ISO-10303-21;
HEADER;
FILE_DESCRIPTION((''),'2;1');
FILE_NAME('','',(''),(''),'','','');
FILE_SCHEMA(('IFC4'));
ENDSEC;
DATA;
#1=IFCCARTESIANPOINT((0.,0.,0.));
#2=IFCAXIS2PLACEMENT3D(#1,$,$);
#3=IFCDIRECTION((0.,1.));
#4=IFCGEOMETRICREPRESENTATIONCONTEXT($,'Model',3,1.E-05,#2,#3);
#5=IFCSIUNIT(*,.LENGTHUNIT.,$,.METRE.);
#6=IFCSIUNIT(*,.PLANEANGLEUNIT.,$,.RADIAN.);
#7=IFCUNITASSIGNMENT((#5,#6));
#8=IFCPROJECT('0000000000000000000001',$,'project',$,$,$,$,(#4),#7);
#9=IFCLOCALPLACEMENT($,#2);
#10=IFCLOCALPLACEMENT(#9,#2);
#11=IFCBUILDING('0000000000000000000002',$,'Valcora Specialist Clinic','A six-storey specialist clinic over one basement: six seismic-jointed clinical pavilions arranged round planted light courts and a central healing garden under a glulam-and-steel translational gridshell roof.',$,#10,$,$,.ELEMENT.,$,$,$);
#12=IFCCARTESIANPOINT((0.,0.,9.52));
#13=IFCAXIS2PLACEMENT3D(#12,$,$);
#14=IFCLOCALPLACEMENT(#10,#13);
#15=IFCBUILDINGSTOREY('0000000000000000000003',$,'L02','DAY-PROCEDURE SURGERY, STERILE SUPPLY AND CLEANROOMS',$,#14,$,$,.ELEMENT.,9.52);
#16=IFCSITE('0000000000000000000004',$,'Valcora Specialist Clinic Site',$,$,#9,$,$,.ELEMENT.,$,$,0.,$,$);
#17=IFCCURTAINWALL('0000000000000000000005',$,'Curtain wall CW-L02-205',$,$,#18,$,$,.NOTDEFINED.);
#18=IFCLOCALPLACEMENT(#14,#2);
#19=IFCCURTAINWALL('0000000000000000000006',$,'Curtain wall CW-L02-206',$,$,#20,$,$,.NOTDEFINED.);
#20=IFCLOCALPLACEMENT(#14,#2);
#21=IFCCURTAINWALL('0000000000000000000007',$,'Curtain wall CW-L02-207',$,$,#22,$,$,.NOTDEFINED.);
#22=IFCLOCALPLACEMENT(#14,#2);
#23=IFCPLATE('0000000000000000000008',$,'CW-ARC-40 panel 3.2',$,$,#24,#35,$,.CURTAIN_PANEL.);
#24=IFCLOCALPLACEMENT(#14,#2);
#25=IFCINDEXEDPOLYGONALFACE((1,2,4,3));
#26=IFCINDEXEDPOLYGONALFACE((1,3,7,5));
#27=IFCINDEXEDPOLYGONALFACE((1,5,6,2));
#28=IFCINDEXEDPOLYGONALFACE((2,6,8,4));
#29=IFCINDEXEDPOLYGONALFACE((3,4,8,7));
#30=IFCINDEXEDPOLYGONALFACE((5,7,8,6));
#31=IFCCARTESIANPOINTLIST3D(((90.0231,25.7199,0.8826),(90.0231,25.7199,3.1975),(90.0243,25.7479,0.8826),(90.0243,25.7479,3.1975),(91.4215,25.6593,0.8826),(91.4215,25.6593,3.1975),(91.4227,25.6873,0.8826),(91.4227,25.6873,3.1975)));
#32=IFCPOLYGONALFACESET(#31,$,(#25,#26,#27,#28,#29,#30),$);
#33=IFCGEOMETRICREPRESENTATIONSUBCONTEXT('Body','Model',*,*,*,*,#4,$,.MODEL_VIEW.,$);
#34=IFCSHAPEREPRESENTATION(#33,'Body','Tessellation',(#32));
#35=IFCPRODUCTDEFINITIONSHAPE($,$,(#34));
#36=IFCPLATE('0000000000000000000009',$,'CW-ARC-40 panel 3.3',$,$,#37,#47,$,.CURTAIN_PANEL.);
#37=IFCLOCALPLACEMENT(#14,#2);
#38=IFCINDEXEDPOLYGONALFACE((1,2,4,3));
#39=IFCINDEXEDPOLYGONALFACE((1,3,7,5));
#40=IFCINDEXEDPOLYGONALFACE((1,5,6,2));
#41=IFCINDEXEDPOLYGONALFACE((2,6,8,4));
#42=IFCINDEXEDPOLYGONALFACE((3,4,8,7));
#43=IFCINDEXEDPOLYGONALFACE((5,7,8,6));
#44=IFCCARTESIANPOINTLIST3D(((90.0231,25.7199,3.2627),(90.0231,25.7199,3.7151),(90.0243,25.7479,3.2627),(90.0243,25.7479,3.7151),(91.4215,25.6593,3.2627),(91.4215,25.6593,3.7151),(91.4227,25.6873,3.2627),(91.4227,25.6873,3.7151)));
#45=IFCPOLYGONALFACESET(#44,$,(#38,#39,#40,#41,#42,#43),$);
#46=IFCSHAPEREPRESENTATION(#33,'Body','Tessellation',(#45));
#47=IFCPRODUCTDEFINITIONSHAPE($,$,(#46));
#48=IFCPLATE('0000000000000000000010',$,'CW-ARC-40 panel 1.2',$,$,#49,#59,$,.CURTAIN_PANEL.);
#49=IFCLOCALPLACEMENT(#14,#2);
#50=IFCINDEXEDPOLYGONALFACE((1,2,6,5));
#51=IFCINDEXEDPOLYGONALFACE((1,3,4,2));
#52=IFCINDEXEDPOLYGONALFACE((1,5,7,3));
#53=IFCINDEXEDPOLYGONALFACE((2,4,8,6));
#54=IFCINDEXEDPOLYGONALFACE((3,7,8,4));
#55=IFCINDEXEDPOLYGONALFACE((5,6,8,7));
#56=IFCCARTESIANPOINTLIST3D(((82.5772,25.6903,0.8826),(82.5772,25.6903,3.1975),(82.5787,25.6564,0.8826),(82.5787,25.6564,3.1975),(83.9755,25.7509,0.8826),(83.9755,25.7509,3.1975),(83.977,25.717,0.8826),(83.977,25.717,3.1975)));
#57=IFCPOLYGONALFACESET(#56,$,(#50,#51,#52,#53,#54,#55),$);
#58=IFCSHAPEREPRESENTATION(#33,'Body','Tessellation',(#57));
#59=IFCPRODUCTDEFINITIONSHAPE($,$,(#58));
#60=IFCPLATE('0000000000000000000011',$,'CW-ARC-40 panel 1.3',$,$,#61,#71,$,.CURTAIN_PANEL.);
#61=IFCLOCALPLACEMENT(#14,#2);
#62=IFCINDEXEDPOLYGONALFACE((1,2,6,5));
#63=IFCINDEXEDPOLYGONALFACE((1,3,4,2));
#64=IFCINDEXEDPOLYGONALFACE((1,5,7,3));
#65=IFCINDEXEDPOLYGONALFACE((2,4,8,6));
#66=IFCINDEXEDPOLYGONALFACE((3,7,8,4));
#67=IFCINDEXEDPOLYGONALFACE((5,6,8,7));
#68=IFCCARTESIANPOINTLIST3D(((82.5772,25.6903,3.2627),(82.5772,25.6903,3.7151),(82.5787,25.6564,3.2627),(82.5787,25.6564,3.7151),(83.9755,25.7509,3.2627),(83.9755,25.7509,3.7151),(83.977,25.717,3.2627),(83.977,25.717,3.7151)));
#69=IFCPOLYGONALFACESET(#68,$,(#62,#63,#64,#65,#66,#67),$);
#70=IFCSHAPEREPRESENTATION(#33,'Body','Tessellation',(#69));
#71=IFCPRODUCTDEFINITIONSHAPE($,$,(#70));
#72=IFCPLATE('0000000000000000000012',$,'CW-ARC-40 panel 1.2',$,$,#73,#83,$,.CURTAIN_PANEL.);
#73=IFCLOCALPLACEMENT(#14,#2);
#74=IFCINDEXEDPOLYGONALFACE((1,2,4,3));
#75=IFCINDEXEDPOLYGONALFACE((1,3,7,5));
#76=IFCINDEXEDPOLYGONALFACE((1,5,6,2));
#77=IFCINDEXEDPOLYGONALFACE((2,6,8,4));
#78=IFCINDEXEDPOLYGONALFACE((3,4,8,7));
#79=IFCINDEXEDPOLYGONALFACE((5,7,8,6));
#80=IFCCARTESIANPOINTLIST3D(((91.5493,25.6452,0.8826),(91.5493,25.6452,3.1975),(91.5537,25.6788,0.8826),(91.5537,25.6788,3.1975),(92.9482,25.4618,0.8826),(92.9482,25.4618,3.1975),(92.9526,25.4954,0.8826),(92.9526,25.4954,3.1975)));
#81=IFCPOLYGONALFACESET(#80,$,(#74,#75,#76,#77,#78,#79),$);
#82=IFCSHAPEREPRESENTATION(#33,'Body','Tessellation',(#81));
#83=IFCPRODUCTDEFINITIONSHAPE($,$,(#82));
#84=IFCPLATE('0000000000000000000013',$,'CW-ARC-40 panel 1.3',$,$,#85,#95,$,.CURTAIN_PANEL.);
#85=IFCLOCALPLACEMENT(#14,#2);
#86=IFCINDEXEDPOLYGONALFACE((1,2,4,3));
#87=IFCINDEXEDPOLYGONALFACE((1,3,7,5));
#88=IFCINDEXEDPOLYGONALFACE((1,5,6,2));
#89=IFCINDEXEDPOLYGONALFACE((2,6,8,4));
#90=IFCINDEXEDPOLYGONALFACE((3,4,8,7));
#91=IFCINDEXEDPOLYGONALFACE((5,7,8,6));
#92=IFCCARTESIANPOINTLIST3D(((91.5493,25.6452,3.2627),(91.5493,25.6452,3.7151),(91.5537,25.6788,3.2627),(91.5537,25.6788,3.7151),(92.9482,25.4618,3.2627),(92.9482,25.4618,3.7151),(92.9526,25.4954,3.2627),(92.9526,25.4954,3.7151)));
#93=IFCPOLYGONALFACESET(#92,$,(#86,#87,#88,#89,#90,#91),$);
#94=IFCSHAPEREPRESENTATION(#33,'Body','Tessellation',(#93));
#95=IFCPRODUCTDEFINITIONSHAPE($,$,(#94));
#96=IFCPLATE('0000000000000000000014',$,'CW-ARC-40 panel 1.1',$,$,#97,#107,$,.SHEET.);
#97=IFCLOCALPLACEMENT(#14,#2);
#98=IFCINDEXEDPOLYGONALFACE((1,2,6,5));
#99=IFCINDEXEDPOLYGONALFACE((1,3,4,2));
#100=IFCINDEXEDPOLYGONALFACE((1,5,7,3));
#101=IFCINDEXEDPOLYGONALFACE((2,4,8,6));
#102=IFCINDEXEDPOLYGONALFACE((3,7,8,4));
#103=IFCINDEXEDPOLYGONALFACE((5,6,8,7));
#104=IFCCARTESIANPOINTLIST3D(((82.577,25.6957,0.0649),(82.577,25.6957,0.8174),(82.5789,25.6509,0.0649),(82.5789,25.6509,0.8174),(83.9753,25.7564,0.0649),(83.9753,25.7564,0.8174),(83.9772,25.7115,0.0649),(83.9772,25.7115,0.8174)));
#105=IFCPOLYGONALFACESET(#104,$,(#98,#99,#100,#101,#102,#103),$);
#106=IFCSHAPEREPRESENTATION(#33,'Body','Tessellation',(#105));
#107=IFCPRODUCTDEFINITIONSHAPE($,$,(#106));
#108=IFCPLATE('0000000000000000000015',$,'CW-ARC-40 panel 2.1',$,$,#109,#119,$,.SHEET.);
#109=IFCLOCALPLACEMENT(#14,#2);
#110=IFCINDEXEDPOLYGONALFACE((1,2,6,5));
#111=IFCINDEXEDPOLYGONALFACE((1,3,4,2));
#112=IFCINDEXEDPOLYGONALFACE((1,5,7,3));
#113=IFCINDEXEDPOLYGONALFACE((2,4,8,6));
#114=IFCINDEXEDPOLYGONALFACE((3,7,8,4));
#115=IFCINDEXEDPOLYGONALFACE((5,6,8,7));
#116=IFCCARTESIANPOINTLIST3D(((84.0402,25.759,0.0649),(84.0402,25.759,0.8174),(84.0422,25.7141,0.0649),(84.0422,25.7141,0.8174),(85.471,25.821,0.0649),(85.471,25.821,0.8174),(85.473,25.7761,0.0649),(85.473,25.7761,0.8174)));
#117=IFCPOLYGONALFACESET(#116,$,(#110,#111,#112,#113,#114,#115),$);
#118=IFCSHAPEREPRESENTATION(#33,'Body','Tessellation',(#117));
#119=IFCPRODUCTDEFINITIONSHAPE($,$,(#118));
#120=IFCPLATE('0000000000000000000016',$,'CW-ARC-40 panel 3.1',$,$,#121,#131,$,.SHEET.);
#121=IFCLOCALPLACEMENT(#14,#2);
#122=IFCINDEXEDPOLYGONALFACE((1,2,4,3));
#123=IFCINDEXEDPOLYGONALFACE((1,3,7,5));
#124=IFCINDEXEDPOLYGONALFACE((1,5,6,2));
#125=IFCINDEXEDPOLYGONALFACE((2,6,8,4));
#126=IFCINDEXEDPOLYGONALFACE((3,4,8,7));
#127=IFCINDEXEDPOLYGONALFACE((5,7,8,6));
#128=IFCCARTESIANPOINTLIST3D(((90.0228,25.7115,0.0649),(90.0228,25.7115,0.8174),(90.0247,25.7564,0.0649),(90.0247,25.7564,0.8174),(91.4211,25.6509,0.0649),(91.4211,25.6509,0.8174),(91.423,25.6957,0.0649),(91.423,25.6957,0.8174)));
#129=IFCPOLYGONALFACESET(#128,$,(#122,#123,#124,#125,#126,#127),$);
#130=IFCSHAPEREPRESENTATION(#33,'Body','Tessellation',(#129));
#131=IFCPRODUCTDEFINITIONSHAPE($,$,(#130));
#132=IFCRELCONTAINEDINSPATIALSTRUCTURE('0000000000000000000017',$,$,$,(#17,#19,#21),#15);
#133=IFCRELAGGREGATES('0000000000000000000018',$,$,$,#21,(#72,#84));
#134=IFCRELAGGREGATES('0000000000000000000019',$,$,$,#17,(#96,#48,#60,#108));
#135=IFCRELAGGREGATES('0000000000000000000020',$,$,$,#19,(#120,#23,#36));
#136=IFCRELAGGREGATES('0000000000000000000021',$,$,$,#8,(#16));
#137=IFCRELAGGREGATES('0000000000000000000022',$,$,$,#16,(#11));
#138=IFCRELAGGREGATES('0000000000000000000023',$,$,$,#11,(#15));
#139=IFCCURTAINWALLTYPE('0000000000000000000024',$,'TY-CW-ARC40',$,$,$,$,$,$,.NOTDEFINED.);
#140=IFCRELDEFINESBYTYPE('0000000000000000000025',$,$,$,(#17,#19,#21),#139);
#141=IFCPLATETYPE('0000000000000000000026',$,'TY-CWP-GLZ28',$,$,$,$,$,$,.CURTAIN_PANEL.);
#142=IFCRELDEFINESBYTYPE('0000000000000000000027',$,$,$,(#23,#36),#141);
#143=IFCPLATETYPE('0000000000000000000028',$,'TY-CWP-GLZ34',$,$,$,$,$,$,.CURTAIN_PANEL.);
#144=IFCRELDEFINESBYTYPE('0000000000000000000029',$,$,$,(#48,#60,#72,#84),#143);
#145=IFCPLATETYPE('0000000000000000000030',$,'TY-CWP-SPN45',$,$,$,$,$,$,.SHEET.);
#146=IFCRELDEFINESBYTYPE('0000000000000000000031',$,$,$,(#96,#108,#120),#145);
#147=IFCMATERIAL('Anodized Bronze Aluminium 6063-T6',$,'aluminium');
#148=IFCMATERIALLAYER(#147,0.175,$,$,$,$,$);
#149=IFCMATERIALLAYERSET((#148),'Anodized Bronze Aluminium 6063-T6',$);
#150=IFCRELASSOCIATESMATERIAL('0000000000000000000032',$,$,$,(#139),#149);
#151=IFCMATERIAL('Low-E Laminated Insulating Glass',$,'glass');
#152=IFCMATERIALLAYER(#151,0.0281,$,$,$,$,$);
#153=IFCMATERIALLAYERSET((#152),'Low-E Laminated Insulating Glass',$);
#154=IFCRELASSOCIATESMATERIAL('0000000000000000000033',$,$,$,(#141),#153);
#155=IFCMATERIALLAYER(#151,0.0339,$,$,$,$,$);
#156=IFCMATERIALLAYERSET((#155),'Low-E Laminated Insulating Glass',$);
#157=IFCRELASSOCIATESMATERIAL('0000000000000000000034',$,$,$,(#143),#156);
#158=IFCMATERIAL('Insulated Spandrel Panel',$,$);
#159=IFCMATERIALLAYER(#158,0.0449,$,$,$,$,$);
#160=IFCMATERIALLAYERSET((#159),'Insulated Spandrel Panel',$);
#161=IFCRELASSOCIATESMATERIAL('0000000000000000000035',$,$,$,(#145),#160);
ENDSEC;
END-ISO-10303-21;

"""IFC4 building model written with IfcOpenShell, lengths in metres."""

from ifc_helpers import new_model, si_unit, direction, frame, origin, origin_2d, place, context, subcontext, project, spatial, rectangle, extrude, material, layer, layer_set, type_object, element, aggregate, save


model = new_model("IFC4")

# Units and contexts
model_context = context("Model", 3, precision=1e-05, world=origin(), true_north=direction((0.0, 1.0)))
body_context = subcontext(model_context, "Body", "Model", "MODEL_VIEW")
ifc_project = project(units=[si_unit("LENGTHUNIT", "METRE"), si_unit("PLANEANGLEUNIT", "RADIAN")], contexts=[model_context])

# Site, building, storey
site_placement = place(None, origin())
site = spatial("IfcSite", under=ifc_project, at=site_placement, Name="Valcora Specialist Clinic Site", CompositionType="ELEMENT", RefElevation=0.0)
building_placement = place(site_placement, origin())
building = spatial("IfcBuilding", under=site, at=building_placement, Name="Valcora Specialist Clinic", Description="A six-storey specialist clinic over one basement: six seismic-jointed clinical pavilions arranged round planted light courts and a central healing garden under a glulam-and-steel translational gridshell roof.", CompositionType="ELEMENT")
storey_placement = place(building_placement, frame((0.0, 0.0, 9.52)))
storey = spatial("IfcBuildingStorey", under=building, at=storey_placement, Name="L02", Description="DAY-PROCEDURE SURGERY, STERILE SUPPLY AND CLEANROOMS", CompositionType="ELEMENT", Elevation=9.52)

# Shared definitions
ifc_material_1 = material(Name="Anodized Bronze Aluminium 6063-T6", Category="aluminium")
ifc_layer_1 = layer(ifc_material_1, 0.175)
ifc_layer_set_1 = layer_set([ifc_layer_1], Name="Anodized Bronze Aluminium 6063-T6")
curtain_wall_type = type_object("IfcCurtainWallType", Name="TY-CW-ARC40", PredefinedType="NOTDEFINED", material=ifc_layer_set_1)

# Curtain walls
curtain_wall_1_placement = place(storey_placement, origin())
curtain_wall_1 = element("IfcCurtainWall", 1, at=curtain_wall_1_placement, inside=storey, type_object=curtain_wall_type, Name="Curtain wall CW-L02-205", PredefinedType="NOTDEFINED")
curtain_wall_2_placement = place(storey_placement, origin())
curtain_wall_2 = element("IfcCurtainWall", 2, at=curtain_wall_2_placement, inside=storey, type_object=curtain_wall_type, Name="Curtain wall CW-L02-206", PredefinedType="NOTDEFINED")

# Curtain wall
curtain_wall_3_placement = place(storey_placement, origin())
curtain_wall_3 = element("IfcCurtainWall", 3, at=curtain_wall_3_placement, inside=storey, type_object=curtain_wall_type, Name="Curtain wall CW-L02-207", PredefinedType="NOTDEFINED")

# Plates
ifc_material_2 = material(Name="Low-E Laminated Insulating Glass", Category="glass")
ifc_layer_2 = layer(ifc_material_2, 0.0281)
ifc_layer_set_2 = layer_set([ifc_layer_2], Name="Low-E Laminated Insulating Glass")
plate_type_1 = type_object("IfcPlateType", Name="TY-CWP-GLZ28", PredefinedType="CURTAIN_PANEL", material=ifc_layer_set_2)
plate_1_placement = place(storey_placement, frame((90.7229, 25.7036, 0.8826), z_axis=(0.0, 0.0, 1.0), x_axis=(0.999062, -0.043307, 0.0)))
plate_1 = element("IfcPlate", 4, at=plate_1_placement, type_object=plate_type_1, Name="CW-ARC-40 panel 3.2", PredefinedType="CURTAIN_PANEL", context=body_context, shape_type="SweptSolid", body=[
    extrude(rectangle(XDim=1.3997, YDim=0.0281, at=origin_2d()), origin(), (0.0, 0.0, 1.0), 2.3149),
])
plate_2_placement = place(storey_placement, frame((90.7229, 25.7036, 3.2627), z_axis=(0.0, 0.0, 1.0), x_axis=(0.999062, -0.043307, 0.0)))
plate_2 = element("IfcPlate", 5, at=plate_2_placement, type_object=plate_type_1, Name="CW-ARC-40 panel 3.3", PredefinedType="CURTAIN_PANEL", context=body_context, shape_type="SweptSolid", body=[
    extrude(rectangle(XDim=1.3997, YDim=0.0281, at=origin_2d()), origin(), (0.0, 0.0, 1.0), 0.4524),
])
ifc_layer_3 = layer(ifc_material_2, 0.0339)
ifc_layer_set_3 = layer_set([ifc_layer_3], Name="Low-E Laminated Insulating Glass")
plate_type_2 = type_object("IfcPlateType", Name="TY-CWP-GLZ34", PredefinedType="CURTAIN_PANEL", material=ifc_layer_set_3)
plate_3_placement = place(storey_placement, frame((83.2771, 25.7036, 0.8826), z_axis=(0.0, 0.0, 1.0), x_axis=(0.999062, 0.043307, 0.0)))
plate_3 = element("IfcPlate", 6, at=plate_3_placement, type_object=plate_type_2, Name="CW-ARC-40 panel 1.2", PredefinedType="CURTAIN_PANEL", context=body_context, shape_type="SweptSolid", body=[
    extrude(rectangle(XDim=1.3997, YDim=0.0339, at=origin_2d()), origin(), (0.0, 0.0, 1.0), 2.3149),
])
plate_4_placement = place(storey_placement, frame((83.2771, 25.7036, 3.2627), z_axis=(0.0, 0.0, 1.0), x_axis=(0.999062, 0.043307, 0.0)))
plate_4 = element("IfcPlate", 7, at=plate_4_placement, type_object=plate_type_2, Name="CW-ARC-40 panel 1.3", PredefinedType="CURTAIN_PANEL", context=body_context, shape_type="SweptSolid", body=[
    extrude(rectangle(XDim=1.3997, YDim=0.0339, at=origin_2d()), origin(), (0.0, 0.0, 1.0), 0.4524),
])
plate_5_placement = place(storey_placement, frame((92.251, 25.5703, 0.8826), z_axis=(0.0, 0.0, 1.0), x_axis=(0.991514, -0.129999, 0.0)))
plate_5 = element("IfcPlate", 8, at=plate_5_placement, type_object=plate_type_2, Name="CW-ARC-40 panel 1.2", PredefinedType="CURTAIN_PANEL", context=body_context, shape_type="SweptSolid", body=[
    extrude(rectangle(XDim=1.4109, YDim=0.0339, at=origin_2d()), origin(), (0.0, 0.0, 1.0), 2.3149),
])
plate_6_placement = place(storey_placement, frame((92.251, 25.5703, 3.2627), z_axis=(0.0, 0.0, 1.0), x_axis=(0.991514, -0.129999, 0.0)))
plate_6 = element("IfcPlate", 9, at=plate_6_placement, type_object=plate_type_2, Name="CW-ARC-40 panel 1.3", PredefinedType="CURTAIN_PANEL", context=body_context, shape_type="SweptSolid", body=[
    extrude(rectangle(XDim=1.4109, YDim=0.0339, at=origin_2d()), origin(), (0.0, 0.0, 1.0), 0.4524),
])
aggregate(curtain_wall_3, [plate_5, plate_6])
ifc_material_3 = material(Name="Insulated Spandrel Panel")
ifc_layer_4 = layer(ifc_material_3, 0.0449)
ifc_layer_set_4 = layer_set([ifc_layer_4], Name="Insulated Spandrel Panel")
plate_type_3 = type_object("IfcPlateType", Name="TY-CWP-SPN45", PredefinedType="SHEET", material=ifc_layer_set_4)
plate_7_placement = place(storey_placement, frame((83.2771, 25.7036, 0.0649), z_axis=(0.0, 0.0, 1.0), x_axis=(0.999062, 0.043307, 0.0)))
plate_7 = element("IfcPlate", 10, at=plate_7_placement, type_object=plate_type_3, Name="CW-ARC-40 panel 1.1", PredefinedType="SHEET", context=body_context, shape_type="SweptSolid", body=[
    extrude(rectangle(XDim=1.3997, YDim=0.0449, at=origin_2d()), origin(), (0.0, 0.0, 1.0), 0.7524),
])
plate_8_placement = place(storey_placement, frame((84.7566, 25.7676, 0.0649), z_axis=(0.0, 0.0, 1.0), x_axis=(0.999062, 0.043307, 0.0)))
plate_8 = element("IfcPlate", 11, at=plate_8_placement, type_object=plate_type_3, Name="CW-ARC-40 panel 2.1", PredefinedType="SHEET", context=body_context, shape_type="SweptSolid", body=[
    extrude(rectangle(XDim=1.4321, YDim=0.0449, at=origin_2d()), origin(), (0.0, 0.0, 1.0), 0.7524),
])
aggregate(curtain_wall_1, [plate_7, plate_3, plate_4, plate_8])
plate_9_placement = place(storey_placement, frame((90.7229, 25.7036, 0.0649), z_axis=(0.0, 0.0, 1.0), x_axis=(0.999062, -0.043307, 0.0)))
plate_9 = element("IfcPlate", 12, at=plate_9_placement, type_object=plate_type_3, Name="CW-ARC-40 panel 3.1", PredefinedType="SHEET", context=body_context, shape_type="SweptSolid", body=[
    extrude(rectangle(XDim=1.3997, YDim=0.0449, at=origin_2d()), origin(), (0.0, 0.0, 1.0), 0.7524),
])
aggregate(curtain_wall_2, [plate_9, plate_1, plate_2])

save(model, "model.ifc")
